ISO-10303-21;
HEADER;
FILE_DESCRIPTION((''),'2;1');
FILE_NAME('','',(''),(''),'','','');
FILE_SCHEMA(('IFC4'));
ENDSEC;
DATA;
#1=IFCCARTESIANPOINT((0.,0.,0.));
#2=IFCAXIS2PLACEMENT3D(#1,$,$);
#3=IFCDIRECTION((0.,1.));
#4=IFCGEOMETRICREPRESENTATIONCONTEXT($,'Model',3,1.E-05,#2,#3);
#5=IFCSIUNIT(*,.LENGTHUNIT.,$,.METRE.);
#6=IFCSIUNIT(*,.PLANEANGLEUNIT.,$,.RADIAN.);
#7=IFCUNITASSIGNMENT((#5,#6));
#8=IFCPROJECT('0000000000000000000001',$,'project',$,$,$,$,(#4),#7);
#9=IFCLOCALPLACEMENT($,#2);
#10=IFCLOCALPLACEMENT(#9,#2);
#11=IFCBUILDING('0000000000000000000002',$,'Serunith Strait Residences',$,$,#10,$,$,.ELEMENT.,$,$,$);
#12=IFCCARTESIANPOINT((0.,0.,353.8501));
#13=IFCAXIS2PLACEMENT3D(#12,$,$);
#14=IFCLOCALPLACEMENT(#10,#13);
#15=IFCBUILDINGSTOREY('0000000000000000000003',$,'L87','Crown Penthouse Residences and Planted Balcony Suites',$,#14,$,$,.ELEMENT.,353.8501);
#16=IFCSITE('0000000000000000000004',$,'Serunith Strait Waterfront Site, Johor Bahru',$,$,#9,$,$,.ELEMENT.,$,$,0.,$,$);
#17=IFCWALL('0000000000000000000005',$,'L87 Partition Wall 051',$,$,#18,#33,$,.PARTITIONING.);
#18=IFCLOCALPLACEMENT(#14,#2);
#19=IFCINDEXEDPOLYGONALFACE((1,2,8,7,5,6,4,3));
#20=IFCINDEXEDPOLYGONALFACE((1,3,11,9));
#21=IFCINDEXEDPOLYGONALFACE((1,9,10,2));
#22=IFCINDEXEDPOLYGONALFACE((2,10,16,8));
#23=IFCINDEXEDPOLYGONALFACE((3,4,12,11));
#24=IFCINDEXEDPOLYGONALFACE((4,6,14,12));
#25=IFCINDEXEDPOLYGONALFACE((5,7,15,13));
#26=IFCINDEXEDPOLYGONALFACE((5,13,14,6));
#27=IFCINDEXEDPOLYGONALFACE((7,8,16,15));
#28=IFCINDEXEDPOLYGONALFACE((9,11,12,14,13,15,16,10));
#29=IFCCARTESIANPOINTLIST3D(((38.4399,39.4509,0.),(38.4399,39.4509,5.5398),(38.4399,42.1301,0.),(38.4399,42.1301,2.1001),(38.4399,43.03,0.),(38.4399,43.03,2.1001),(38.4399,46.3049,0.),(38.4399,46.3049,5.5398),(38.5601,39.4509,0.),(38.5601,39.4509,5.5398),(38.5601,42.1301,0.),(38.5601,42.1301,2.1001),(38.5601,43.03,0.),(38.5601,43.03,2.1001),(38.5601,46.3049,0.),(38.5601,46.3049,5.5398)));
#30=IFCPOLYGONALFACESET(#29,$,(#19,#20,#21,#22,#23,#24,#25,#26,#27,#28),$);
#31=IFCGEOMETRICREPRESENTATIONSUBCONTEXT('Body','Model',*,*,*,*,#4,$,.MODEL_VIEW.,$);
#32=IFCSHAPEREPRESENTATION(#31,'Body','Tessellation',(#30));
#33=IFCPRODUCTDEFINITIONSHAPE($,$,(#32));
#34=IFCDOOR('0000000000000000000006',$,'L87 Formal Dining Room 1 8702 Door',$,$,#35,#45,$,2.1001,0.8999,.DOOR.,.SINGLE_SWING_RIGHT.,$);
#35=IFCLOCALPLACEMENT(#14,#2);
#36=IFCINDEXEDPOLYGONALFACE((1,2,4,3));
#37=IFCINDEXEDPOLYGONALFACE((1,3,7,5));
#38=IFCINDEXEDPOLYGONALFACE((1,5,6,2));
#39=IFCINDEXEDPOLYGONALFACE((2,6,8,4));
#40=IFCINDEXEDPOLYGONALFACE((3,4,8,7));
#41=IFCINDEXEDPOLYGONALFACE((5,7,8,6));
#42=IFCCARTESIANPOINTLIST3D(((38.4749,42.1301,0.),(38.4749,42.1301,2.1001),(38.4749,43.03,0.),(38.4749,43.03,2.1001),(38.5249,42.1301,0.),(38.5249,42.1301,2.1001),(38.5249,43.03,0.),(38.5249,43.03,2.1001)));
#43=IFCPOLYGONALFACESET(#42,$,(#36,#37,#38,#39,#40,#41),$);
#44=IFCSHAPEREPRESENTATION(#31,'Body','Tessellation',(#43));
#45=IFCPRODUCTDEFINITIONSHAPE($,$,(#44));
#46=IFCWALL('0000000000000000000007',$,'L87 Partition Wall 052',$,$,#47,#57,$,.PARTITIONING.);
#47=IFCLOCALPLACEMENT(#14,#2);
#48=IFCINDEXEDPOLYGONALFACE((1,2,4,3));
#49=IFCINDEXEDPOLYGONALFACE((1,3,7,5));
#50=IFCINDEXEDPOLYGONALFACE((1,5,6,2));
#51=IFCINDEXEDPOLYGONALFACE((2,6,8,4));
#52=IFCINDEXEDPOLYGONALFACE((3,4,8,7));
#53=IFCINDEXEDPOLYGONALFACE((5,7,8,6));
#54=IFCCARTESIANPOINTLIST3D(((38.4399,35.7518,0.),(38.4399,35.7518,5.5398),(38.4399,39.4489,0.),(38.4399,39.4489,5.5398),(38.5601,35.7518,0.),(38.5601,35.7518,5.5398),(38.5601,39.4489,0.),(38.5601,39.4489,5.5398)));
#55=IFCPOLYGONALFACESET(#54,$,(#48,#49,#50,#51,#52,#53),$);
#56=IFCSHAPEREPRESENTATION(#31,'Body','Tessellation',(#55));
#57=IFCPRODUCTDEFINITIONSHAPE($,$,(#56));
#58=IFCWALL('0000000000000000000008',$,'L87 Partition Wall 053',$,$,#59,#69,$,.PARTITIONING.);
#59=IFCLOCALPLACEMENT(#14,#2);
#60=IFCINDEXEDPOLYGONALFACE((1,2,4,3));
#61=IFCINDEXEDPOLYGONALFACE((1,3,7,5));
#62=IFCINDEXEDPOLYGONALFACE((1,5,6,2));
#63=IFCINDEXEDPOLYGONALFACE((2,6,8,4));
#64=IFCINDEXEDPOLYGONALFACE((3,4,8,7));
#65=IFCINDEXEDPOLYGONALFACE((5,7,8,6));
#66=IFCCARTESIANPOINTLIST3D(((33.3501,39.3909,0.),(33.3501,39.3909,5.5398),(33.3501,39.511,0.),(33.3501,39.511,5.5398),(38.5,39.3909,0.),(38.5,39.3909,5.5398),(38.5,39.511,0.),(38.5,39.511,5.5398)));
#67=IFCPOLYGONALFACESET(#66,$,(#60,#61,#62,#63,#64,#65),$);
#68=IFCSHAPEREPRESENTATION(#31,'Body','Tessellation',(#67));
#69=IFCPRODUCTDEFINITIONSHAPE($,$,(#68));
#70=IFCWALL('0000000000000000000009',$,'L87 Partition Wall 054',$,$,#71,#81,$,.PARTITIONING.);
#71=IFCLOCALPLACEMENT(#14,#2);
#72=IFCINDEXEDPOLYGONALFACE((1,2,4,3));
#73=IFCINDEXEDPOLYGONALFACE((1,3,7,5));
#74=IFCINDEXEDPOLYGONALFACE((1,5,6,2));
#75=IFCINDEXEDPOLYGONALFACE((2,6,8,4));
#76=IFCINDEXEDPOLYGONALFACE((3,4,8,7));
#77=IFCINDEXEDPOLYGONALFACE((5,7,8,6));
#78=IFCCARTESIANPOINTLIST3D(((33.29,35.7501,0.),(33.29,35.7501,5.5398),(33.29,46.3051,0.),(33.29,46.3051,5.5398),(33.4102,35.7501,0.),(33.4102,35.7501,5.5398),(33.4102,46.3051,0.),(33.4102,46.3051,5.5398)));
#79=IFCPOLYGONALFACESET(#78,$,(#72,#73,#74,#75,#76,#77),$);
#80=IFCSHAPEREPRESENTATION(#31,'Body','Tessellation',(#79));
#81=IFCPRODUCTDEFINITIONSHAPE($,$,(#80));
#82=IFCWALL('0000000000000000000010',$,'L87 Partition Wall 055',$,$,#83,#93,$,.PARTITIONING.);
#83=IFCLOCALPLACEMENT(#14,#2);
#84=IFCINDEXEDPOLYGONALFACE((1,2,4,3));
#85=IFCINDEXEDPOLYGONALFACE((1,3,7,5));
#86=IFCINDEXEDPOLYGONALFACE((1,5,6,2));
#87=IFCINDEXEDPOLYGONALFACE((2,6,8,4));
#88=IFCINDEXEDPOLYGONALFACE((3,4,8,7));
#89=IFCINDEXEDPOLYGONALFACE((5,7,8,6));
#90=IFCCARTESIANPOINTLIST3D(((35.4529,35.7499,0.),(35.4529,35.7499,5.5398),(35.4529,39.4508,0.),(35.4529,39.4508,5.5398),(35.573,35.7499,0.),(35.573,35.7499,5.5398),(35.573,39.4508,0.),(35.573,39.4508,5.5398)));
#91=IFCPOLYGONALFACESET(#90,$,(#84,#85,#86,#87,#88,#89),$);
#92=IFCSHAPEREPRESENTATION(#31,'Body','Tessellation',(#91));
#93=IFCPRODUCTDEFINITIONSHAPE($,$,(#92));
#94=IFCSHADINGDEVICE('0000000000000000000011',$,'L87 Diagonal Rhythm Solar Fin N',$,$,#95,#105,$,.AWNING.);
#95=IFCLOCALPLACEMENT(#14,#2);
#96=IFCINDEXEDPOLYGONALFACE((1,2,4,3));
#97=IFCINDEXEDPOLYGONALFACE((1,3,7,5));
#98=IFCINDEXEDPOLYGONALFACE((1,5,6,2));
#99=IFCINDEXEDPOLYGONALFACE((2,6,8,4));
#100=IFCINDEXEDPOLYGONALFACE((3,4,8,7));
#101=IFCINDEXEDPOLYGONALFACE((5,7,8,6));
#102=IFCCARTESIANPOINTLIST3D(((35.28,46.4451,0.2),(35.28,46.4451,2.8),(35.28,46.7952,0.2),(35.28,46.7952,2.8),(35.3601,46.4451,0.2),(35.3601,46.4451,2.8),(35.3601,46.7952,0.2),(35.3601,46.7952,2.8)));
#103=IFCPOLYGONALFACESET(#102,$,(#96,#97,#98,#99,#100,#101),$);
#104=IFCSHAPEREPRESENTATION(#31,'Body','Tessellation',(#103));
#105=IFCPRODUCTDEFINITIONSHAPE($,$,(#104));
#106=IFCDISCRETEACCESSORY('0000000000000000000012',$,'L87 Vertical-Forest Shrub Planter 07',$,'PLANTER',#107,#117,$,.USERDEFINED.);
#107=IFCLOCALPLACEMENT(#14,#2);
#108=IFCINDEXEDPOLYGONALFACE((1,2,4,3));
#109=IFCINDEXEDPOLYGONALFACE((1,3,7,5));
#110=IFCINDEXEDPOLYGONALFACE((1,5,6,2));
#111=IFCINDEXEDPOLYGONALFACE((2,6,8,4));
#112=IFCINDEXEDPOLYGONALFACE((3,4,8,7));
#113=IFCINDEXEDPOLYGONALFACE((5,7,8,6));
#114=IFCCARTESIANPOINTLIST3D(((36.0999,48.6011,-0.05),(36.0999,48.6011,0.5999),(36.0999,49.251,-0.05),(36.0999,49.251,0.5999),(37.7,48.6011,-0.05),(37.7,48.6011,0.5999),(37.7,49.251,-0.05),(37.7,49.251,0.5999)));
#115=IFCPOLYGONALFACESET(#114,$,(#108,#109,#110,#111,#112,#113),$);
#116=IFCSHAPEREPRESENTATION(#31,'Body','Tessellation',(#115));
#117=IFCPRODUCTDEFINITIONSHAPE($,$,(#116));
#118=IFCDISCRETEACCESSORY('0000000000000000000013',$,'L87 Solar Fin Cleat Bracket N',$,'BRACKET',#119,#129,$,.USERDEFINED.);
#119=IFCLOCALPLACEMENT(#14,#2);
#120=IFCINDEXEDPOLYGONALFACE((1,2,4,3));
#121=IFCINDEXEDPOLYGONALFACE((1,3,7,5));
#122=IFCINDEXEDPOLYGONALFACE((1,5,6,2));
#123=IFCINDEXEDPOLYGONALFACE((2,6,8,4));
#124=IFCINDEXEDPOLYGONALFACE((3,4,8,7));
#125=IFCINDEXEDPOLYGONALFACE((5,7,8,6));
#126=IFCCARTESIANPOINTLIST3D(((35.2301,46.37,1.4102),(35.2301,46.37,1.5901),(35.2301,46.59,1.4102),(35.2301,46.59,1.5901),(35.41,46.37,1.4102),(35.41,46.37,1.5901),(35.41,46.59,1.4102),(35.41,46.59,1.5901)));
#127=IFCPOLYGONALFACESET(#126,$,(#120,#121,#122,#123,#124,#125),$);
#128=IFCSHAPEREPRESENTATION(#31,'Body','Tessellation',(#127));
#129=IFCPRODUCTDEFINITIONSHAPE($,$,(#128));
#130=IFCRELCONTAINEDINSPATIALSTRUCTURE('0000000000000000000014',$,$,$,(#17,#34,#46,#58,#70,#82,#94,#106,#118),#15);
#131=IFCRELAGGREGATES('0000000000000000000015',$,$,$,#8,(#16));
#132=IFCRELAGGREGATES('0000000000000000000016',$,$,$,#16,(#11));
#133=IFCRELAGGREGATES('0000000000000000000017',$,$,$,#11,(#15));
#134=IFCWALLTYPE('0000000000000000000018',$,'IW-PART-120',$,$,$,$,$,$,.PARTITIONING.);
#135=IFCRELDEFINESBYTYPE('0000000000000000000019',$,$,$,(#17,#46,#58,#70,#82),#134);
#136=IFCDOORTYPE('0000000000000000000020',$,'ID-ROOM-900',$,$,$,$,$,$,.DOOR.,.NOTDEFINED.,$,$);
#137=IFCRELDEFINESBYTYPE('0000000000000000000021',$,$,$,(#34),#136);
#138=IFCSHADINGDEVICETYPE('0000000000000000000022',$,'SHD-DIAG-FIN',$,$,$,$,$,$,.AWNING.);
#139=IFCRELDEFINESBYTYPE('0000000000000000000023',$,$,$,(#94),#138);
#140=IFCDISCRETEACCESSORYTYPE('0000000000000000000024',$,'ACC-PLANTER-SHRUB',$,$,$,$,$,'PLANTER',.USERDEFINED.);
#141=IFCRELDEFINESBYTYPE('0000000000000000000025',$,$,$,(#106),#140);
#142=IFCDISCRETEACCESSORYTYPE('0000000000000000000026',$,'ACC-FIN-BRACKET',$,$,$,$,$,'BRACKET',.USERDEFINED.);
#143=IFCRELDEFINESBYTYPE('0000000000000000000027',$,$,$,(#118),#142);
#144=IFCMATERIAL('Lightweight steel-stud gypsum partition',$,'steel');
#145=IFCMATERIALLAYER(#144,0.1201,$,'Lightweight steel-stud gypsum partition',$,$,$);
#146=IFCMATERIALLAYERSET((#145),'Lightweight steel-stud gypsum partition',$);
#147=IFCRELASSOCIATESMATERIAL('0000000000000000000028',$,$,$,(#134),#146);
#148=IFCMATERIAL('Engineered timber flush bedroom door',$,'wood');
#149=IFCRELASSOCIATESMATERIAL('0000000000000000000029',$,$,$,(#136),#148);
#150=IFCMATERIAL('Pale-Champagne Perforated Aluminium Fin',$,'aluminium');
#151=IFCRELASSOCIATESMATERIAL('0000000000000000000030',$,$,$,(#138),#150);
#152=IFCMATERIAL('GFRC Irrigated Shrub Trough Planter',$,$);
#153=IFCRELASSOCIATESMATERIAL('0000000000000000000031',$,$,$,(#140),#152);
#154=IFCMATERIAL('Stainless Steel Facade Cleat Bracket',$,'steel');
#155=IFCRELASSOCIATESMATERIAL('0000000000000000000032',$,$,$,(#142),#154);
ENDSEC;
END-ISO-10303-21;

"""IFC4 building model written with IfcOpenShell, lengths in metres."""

from ifc_helpers import new_model, si_unit, direction, frame, frame_2d, origin, origin_2d, place, context, subcontext, project, spatial, rectangle, extrude, source, transform, mapped, material, layer, layer_set, type_object, element, fill, save


model = new_model("IFC4")

# Units and contexts
model_context = context("Model", 3, precision=1e-05, world=origin(), true_north=direction((0.0, 1.0)))
body_context = subcontext(model_context, "Body", "Model", "MODEL_VIEW")
ifc_project = project(units=[si_unit("LENGTHUNIT", "METRE"), si_unit("PLANEANGLEUNIT", "RADIAN")], contexts=[model_context])

# Site, building, storey
site_placement = place(None, origin())
site = spatial("IfcSite", under=ifc_project, at=site_placement, Name="Serunith Strait Waterfront Site, Johor Bahru", CompositionType="ELEMENT", RefElevation=0.0)
building_placement = place(site_placement, origin())
building = spatial("IfcBuilding", under=site, at=building_placement, Name="Serunith Strait Residences", CompositionType="ELEMENT")
storey_placement = place(building_placement, frame((0.0, 0.0, 353.8501)))
storey = spatial("IfcBuildingStorey", under=building, at=storey_placement, Name="L87", Description="Crown Penthouse Residences and Planted Balcony Suites", CompositionType="ELEMENT", Elevation=353.8501)

# Shared definitions
ifc_material_1 = material(Name="Lightweight steel-stud gypsum partition", Category="steel")
ifc_layer_1 = layer(ifc_material_1, 0.1201, Name="Lightweight steel-stud gypsum partition")
ifc_layer_set_1 = layer_set([ifc_layer_1], Name="Lightweight steel-stud gypsum partition")
wall_type_1 = type_object("IfcWallType", Name="IW-PART-120", PredefinedType="PARTITIONING", material=ifc_layer_set_1)

# Wall, opening, door
wall_1_placement = place(storey_placement, frame((38.5, 46.3049, 0.0), z_axis=(0.0, 0.0, 1.0), x_axis=(0.0, -1.0, 0.0)))
wall_1 = element("IfcWall", 1, at=wall_1_placement, inside=storey, type_object=wall_type_1, Name="L87 Partition Wall 051", PredefinedType="PARTITIONING", context=body_context, shape_type="SweptSolid", body=[
    extrude(rectangle(XDim=6.854, YDim=0.1201, at=frame_2d((3.427, 0.0))), origin(), (0.0, 0.0, 1.0), 5.5398),
])
opening_1_placement = place(wall_1_placement, frame((3.2749, 0.0, 0.0)))
opening_1 = element("IfcOpeningElement", 2, at=opening_1_placement, cuts=wall_1, PredefinedType="OPENING", context=body_context, shape_type="SweptSolid", body=[
    extrude(rectangle(XDim=0.8999, YDim=2.1001, at=frame_2d((0.45, 1.05))), frame((0.0, 0.0701, 0.0), z_axis=(0.0, -1.0, 0.0), x_axis=(1.0, 0.0, 0.0)), (0.0, 0.0, 1.0), 0.1401),
])
ifc_material_2 = material(Name="Engineered timber flush bedroom door", Category="wood")
door_type_1 = type_object("IfcDoorType", Name="ID-ROOM-900", OperationType="NOTDEFINED", PredefinedType="DOOR", material=ifc_material_2)
shared_shape_1 = source(origin(), body_context, "Body", "SweptSolid", [
    extrude(rectangle(XDim=0.8999, YDim=2.1001, at=frame_2d((0.45, 1.05))), frame((0.0, 0.0249, 0.0), z_axis=(0.0, -1.0, 0.0), x_axis=(1.0, 0.0, 0.0)), (0.0, 0.0, 1.0), 0.05),
])
door_1_placement = place(opening_1_placement, origin())
door_1 = element("IfcDoor", 3, at=door_1_placement, inside=storey, type_object=door_type_1, Name="L87 Formal Dining Room 1 8702 Door", OperationType="SINGLE_SWING_RIGHT", OverallHeight=2.1001, OverallWidth=0.8999, PredefinedType="DOOR", context=body_context, shape_type="MappedRepresentation", body=[
    mapped(shared_shape_1, transform((0.0, 0.0, 0.0), scale=1.0)),
])
fill(opening_1, door_1)

# Walls
wall_2_placement = place(storey_placement, frame((38.5, 39.449, 0.0), z_axis=(0.0, 0.0, 1.0), x_axis=(0.0, -1.0, 0.0)))
element("IfcWall", 4, at=wall_2_placement, inside=storey, type_object=wall_type_1, Name="L87 Partition Wall 052", PredefinedType="PARTITIONING", context=body_context, shape_type="SweptSolid", body=[
    extrude(rectangle(XDim=3.697, YDim=0.1201, at=frame_2d((1.8486, 0.0))), origin(), (0.0, 0.0, 1.0), 5.5398),
])
wall_3_placement = place(storey_placement, frame((33.3501, 39.4509, 0.0), z_axis=(0.0, 0.0, 1.0), x_axis=(1.0, 0.0, 0.0)))
element("IfcWall", 5, at=wall_3_placement, inside=storey, type_object=wall_type_1, Name="L87 Partition Wall 053", PredefinedType="PARTITIONING", context=body_context, shape_type="SweptSolid", body=[
    extrude(rectangle(XDim=5.1499, YDim=0.1201, at=frame_2d((2.575, 0.0))), origin(), (0.0, 0.0, 1.0), 5.5398),
])
wall_4_placement = place(storey_placement, frame((33.3501, 46.3049, 0.0), z_axis=(0.0, 0.0, 1.0), x_axis=(0.0, -1.0, 0.0)))
element("IfcWall", 6, at=wall_4_placement, inside=storey, type_object=wall_type_1, Name="L87 Partition Wall 054", PredefinedType="PARTITIONING", context=body_context, shape_type="SweptSolid", body=[
    extrude(rectangle(XDim=10.5549, YDim=0.1201, at=frame_2d((5.2773, 0.0))), origin(), (0.0, 0.0, 1.0), 5.5398),
])
wall_5_placement = place(storey_placement, frame((35.5129, 39.4509, 0.0), z_axis=(0.0, 0.0, 1.0), x_axis=(0.0, -1.0, 0.0)))
element("IfcWall", 7, at=wall_5_placement, inside=storey, type_object=wall_type_1, Name="L87 Partition Wall 055", PredefinedType="PARTITIONING", context=body_context, shape_type="SweptSolid", body=[
    extrude(rectangle(XDim=3.7009, YDim=0.1201, at=frame_2d((1.8506, 0.0))), origin(), (0.0, 0.0, 1.0), 5.5398),
])

# Shading device
ifc_material_3 = material(Name="Pale-Champagne Perforated Aluminium Fin", Category="aluminium")
shading_device_type = type_object("IfcShadingDeviceType", Name="SHD-DIAG-FIN", PredefinedType="AWNING", material=ifc_material_3)
shared_shape_2 = source(origin(), body_context, "Body", "SweptSolid", [
    extrude(rectangle(XDim=0.0801, YDim=0.3501, at=origin_2d()), origin(), (0.0, 0.0, 1.0), 2.6001),
])
shading_device_placement = place(storey_placement, frame((35.3201, 46.6201, 0.2), z_axis=(0.0, 0.0, 1.0), x_axis=(1.0, 0.0, 0.0)))
element("IfcShadingDevice", 8, at=shading_device_placement, inside=storey, type_object=shading_device_type, Name="L87 Diagonal Rhythm Solar Fin N", PredefinedType="AWNING", context=body_context, shape_type="MappedRepresentation", body=[
    mapped(shared_shape_2, transform((0.0, 0.0, 0.0), scale=1.0)),
])

# Discrete accessories
ifc_material_4 = material(Name="GFRC Irrigated Shrub Trough Planter")
discrete_accessory_type_1 = type_object("IfcDiscreteAccessoryType", Name="ACC-PLANTER-SHRUB", ElementType="PLANTER", PredefinedType="USERDEFINED", material=ifc_material_4)
shared_shape_3 = source(origin(), body_context, "Body", "SweptSolid", [
    extrude(rectangle(XDim=1.6001, YDim=0.6499, at=origin_2d()), origin(), (0.0, 0.0, 1.0), 0.6499),
])
discrete_accessory_1_placement = place(storey_placement, frame((36.8999, 48.926, -0.05), z_axis=(0.0, 0.0, 1.0), x_axis=(-1.0, 0.0, 0.0)))
element("IfcDiscreteAccessory", 9, at=discrete_accessory_1_placement, inside=storey, type_object=discrete_accessory_type_1, Name="L87 Vertical-Forest Shrub Planter 07", ObjectType="PLANTER", PredefinedType="USERDEFINED", context=body_context, shape_type="MappedRepresentation", body=[
    mapped(shared_shape_3, transform((0.0, 0.0, 0.0), scale=1.0)),
])
ifc_material_5 = material(Name="Stainless Steel Facade Cleat Bracket", Category="steel")
discrete_accessory_type_2 = type_object("IfcDiscreteAccessoryType", Name="ACC-FIN-BRACKET", ElementType="BRACKET", PredefinedType="USERDEFINED", material=ifc_material_5)
shared_shape_4 = source(origin(), body_context, "Body", "SweptSolid", [
    extrude(rectangle(XDim=0.1799, YDim=0.22, at=origin_2d()), origin(), (0.0, 0.0, 1.0), 0.1799),
])
discrete_accessory_2_placement = place(storey_placement, frame((35.3201, 46.48, 1.4102), z_axis=(0.0, 0.0, 1.0), x_axis=(1.0, 0.0, 0.0)))
element("IfcDiscreteAccessory", 10, at=discrete_accessory_2_placement, inside=storey, type_object=discrete_accessory_type_2, Name="L87 Solar Fin Cleat Bracket N", ObjectType="BRACKET", PredefinedType="USERDEFINED", context=body_context, shape_type="MappedRepresentation", body=[
    mapped(shared_shape_4, transform((0.0, 0.0, 0.0), scale=1.0)),
])

save(model, "model.ifc")
